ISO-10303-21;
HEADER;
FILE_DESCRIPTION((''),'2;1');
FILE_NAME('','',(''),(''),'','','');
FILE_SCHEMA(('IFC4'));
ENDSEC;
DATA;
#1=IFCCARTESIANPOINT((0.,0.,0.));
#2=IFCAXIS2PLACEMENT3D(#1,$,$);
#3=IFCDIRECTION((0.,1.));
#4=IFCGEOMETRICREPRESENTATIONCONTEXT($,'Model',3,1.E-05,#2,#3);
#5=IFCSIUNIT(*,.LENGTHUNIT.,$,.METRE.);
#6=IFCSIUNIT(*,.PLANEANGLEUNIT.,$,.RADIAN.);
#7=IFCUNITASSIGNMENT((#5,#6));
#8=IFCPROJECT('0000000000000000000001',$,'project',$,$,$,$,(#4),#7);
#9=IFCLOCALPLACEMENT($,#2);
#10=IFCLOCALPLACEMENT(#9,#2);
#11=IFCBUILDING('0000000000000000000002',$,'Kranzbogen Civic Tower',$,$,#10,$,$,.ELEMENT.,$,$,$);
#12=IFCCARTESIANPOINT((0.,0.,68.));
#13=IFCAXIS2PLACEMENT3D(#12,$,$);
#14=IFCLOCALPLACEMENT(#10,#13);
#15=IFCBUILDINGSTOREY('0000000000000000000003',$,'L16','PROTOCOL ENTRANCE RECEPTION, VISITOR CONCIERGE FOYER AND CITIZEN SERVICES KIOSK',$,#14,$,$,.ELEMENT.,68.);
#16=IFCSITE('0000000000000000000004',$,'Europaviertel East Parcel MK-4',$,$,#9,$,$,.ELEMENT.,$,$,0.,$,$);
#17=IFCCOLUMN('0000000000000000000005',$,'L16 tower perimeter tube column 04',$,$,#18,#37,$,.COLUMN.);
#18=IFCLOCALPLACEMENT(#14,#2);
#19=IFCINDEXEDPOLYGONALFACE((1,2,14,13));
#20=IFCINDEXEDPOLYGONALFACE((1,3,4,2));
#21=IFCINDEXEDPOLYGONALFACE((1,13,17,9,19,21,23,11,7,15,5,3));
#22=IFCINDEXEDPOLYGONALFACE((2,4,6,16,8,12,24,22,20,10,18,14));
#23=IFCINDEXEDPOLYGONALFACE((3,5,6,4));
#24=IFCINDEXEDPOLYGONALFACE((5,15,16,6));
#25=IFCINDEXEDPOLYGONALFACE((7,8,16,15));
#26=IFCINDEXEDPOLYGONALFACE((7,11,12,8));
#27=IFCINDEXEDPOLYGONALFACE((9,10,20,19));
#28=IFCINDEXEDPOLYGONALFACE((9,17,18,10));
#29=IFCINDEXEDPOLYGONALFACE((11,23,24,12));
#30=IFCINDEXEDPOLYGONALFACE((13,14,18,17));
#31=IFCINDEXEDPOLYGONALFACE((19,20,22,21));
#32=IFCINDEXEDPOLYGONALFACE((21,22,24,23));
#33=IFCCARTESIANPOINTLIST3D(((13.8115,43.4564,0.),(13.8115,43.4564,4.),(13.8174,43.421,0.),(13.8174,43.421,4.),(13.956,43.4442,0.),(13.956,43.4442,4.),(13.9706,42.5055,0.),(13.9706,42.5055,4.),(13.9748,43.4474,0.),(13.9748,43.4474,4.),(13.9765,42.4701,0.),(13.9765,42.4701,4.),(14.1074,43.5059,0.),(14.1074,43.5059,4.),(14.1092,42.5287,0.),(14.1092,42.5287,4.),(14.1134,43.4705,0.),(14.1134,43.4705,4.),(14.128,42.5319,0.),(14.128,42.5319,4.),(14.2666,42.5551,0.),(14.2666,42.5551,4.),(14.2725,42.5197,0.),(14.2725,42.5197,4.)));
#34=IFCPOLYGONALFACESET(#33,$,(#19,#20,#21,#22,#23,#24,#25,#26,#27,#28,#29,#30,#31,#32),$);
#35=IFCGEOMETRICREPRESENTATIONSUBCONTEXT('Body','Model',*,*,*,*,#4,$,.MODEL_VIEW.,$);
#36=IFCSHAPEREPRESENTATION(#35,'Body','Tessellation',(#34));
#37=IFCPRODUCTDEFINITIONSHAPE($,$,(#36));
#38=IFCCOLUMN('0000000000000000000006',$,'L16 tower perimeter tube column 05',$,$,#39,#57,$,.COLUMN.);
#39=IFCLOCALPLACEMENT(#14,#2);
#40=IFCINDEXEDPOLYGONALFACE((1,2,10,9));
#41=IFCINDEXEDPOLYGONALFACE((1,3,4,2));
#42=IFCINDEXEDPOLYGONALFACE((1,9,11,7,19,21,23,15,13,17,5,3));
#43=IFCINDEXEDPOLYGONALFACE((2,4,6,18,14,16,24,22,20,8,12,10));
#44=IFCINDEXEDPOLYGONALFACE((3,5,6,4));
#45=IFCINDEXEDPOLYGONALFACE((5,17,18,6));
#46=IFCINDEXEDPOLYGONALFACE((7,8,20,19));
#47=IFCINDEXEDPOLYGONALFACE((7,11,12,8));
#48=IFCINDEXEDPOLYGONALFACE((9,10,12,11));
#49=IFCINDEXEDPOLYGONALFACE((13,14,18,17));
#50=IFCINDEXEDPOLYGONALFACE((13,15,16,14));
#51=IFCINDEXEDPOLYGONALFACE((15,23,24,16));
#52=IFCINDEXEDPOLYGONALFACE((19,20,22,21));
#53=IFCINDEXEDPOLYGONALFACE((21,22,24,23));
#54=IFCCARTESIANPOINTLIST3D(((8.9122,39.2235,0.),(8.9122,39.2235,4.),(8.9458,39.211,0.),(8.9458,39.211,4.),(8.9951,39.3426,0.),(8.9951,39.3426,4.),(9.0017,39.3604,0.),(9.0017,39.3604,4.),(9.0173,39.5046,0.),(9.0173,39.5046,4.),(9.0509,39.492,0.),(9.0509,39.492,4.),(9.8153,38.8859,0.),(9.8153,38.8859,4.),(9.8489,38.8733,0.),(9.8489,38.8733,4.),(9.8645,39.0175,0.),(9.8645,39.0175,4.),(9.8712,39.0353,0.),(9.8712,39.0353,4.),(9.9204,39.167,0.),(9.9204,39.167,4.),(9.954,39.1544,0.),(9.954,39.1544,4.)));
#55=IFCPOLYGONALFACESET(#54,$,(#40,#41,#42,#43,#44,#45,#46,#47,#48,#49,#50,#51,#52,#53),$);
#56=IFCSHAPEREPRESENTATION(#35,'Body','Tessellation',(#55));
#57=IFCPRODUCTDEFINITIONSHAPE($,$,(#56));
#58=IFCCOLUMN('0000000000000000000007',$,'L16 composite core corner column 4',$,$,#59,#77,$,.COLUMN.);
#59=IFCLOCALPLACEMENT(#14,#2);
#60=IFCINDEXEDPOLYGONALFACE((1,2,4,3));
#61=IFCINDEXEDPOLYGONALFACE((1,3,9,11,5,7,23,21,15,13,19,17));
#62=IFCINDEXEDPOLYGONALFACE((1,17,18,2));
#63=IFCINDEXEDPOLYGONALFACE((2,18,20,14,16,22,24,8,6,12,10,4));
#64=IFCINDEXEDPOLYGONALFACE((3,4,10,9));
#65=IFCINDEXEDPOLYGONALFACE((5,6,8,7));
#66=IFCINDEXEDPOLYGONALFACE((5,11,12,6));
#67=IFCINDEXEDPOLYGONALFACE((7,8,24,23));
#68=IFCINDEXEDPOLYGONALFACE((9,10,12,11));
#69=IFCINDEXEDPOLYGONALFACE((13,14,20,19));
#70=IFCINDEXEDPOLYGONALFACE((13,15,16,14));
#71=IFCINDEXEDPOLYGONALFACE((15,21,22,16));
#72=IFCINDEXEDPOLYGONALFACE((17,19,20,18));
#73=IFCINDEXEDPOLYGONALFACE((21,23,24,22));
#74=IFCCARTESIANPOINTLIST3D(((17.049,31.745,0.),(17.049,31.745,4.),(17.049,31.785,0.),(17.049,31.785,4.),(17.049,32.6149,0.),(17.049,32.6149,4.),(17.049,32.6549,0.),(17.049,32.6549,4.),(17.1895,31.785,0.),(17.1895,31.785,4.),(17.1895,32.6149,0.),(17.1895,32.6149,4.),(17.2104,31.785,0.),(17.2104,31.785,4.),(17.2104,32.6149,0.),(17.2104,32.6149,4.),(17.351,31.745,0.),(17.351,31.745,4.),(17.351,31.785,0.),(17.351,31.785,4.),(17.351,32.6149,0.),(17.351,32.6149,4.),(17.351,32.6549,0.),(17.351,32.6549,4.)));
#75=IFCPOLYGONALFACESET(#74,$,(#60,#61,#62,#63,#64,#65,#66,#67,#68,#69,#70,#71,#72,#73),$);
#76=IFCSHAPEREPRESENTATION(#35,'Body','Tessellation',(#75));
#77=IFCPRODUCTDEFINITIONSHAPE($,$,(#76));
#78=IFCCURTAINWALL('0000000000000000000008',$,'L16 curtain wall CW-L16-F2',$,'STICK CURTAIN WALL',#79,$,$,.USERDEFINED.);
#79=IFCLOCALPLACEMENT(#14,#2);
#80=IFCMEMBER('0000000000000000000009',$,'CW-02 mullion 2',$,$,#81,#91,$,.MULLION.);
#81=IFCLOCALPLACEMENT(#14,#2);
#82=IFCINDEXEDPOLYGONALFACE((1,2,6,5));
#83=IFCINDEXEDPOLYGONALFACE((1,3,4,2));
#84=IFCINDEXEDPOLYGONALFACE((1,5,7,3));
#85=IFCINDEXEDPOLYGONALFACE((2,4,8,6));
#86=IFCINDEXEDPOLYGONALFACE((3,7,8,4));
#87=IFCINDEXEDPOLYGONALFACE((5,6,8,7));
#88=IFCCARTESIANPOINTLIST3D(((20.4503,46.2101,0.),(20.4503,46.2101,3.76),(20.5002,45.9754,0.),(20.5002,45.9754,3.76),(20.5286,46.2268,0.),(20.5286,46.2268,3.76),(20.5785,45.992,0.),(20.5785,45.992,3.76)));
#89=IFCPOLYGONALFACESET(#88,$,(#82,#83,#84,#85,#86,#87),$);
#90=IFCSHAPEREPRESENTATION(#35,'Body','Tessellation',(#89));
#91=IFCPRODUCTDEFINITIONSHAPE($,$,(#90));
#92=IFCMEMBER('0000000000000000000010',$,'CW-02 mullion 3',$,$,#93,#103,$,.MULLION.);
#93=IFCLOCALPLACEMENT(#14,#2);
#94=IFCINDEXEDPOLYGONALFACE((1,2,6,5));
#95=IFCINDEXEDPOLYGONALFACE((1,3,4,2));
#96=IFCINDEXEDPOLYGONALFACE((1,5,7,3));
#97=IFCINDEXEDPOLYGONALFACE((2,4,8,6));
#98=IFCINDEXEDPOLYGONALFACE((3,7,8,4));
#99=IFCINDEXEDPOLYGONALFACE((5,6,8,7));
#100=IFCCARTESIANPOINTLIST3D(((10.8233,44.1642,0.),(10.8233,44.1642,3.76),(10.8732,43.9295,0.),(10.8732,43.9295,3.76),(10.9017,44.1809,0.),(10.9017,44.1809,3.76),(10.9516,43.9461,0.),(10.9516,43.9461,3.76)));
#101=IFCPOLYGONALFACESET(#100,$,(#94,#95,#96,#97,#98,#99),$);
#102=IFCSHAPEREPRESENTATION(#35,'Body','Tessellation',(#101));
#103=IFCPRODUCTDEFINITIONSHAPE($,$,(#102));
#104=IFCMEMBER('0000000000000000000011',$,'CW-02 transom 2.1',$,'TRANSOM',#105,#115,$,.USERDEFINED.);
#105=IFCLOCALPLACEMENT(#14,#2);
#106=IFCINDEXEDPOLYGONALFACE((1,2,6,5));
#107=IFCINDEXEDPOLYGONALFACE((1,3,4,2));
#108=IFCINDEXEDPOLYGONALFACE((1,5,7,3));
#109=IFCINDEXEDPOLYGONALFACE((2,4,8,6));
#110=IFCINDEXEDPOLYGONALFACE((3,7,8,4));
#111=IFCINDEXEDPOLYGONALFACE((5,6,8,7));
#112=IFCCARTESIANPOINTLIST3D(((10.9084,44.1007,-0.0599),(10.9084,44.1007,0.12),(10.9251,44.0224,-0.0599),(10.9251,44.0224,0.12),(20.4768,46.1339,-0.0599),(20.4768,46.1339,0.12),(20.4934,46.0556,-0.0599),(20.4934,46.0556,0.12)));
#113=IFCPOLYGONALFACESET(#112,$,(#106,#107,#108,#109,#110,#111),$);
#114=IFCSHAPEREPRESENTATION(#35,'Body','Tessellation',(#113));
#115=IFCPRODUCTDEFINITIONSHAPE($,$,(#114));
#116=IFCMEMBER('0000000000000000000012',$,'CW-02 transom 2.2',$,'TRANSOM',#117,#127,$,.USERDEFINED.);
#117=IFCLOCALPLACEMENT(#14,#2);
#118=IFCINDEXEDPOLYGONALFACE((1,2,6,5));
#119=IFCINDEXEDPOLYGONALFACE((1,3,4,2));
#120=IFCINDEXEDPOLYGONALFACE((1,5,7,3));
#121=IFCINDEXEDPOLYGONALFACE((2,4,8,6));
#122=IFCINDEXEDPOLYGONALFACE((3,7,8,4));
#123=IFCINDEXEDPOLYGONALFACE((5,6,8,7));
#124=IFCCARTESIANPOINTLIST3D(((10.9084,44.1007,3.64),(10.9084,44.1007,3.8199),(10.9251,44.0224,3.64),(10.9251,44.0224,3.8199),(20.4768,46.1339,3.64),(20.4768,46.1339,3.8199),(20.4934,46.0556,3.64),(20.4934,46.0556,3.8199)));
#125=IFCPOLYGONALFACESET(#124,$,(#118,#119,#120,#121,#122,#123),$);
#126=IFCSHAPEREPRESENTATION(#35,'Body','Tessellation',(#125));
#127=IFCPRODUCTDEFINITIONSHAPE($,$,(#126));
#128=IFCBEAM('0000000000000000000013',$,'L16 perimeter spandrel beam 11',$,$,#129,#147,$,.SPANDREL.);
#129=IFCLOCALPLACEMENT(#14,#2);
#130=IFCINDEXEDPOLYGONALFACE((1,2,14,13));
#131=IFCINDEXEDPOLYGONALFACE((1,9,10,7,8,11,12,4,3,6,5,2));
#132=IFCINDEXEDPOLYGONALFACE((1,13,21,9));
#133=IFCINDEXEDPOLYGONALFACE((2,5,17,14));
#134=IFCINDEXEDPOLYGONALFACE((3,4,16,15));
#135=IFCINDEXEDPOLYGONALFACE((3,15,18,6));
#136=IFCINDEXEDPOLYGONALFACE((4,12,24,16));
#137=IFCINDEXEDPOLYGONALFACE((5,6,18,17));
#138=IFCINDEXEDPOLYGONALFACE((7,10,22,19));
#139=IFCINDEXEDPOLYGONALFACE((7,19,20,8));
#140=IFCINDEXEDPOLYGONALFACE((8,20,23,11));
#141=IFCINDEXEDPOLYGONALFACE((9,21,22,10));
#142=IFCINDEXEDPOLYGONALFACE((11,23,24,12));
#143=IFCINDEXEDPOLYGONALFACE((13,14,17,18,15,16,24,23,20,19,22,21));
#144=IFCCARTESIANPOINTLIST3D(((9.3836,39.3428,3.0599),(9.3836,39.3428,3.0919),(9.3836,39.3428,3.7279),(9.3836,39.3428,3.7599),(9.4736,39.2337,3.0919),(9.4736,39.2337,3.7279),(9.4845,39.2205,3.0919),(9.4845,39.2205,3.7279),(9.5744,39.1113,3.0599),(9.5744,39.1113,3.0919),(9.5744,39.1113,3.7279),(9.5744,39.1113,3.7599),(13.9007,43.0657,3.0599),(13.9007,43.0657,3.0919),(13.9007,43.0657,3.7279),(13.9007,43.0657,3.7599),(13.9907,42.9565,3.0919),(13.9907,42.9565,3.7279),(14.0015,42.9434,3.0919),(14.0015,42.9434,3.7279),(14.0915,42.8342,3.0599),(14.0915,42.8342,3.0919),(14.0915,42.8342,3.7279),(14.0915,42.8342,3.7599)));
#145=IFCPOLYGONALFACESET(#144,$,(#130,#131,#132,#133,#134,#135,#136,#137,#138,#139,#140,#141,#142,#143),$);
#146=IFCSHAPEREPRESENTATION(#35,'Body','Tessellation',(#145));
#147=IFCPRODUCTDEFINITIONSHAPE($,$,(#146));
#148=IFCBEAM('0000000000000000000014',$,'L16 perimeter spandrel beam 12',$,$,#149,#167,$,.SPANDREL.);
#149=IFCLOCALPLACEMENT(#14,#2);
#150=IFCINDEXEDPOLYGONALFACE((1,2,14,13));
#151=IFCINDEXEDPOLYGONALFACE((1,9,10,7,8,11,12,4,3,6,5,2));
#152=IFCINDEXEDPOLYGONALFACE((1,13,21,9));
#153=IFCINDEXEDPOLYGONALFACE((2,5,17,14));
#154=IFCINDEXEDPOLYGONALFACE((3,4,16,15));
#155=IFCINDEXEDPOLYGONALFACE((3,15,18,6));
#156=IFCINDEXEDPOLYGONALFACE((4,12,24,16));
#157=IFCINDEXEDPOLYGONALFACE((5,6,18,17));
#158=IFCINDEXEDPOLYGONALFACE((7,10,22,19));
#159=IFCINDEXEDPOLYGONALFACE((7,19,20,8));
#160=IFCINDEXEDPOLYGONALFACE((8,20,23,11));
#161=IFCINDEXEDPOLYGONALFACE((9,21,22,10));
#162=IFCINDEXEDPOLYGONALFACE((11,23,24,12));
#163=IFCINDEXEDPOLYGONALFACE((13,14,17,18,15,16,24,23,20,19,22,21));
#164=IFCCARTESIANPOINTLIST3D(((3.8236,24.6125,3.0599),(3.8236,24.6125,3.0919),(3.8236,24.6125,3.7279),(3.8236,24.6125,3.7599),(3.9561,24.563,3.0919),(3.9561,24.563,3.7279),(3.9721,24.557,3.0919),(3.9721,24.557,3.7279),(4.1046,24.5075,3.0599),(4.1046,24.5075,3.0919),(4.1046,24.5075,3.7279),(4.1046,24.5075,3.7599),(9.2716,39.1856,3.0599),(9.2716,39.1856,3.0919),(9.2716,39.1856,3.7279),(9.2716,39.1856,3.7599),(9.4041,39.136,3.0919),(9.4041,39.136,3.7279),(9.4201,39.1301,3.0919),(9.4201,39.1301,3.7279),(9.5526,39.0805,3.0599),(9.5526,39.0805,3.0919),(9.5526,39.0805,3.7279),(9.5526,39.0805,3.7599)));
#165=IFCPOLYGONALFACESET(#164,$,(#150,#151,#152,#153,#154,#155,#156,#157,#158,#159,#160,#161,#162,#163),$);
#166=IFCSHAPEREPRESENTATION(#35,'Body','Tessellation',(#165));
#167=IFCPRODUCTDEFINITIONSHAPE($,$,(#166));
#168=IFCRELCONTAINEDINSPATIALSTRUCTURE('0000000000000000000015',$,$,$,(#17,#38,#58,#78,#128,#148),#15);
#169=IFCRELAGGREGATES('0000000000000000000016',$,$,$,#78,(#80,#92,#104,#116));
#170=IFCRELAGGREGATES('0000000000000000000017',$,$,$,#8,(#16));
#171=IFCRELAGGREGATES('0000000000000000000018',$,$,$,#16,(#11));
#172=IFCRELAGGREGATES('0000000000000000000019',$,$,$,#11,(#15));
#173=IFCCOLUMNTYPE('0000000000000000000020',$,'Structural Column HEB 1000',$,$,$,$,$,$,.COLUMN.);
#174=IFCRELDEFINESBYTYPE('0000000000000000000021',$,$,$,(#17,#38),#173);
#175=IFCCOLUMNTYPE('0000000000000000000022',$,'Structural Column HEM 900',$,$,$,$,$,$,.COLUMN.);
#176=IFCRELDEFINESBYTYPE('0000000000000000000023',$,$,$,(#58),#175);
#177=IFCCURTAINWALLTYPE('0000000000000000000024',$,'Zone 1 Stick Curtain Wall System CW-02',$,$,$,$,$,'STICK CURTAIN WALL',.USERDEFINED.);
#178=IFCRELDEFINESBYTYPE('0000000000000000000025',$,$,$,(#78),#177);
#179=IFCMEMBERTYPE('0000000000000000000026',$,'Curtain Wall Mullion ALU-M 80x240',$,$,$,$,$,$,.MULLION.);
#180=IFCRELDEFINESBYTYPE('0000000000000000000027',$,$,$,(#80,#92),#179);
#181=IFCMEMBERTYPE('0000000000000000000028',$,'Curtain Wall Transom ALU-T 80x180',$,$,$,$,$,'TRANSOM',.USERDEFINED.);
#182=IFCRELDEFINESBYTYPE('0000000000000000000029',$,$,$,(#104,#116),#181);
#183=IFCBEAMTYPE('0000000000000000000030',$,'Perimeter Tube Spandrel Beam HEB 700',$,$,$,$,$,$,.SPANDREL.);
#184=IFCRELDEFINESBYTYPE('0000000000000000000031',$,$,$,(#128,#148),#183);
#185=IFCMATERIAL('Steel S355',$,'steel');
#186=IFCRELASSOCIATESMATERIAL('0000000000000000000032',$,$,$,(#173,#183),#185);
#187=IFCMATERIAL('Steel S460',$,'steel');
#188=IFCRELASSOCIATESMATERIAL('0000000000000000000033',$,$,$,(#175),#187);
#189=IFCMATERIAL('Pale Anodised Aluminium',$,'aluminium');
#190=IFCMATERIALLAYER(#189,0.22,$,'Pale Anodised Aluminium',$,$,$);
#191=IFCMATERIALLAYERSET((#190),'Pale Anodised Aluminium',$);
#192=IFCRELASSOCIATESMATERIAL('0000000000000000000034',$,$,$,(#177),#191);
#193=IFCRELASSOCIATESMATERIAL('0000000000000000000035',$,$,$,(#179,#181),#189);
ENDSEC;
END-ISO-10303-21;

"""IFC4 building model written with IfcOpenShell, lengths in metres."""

from ifc_helpers import new_model, si_unit, direction, frame, origin, origin_2d, place, context, subcontext, project, spatial, rectangle, i_section, extrude, material, layer, layer_set, material_profile, profile_set, type_object, element, aggregate, save


model = new_model("IFC4")

# Units and contexts
model_context = context("Model", 3, precision=1e-05, world=origin(), true_north=direction((0.0, 1.0)))
body_context = subcontext(model_context, "Body", "Model", "MODEL_VIEW")
ifc_project = project(units=[si_unit("LENGTHUNIT", "METRE"), si_unit("PLANEANGLEUNIT", "RADIAN")], contexts=[model_context])

# Site, building, storey
site_placement = place(None, origin())
site = spatial("IfcSite", under=ifc_project, at=site_placement, Name="Europaviertel East Parcel MK-4", CompositionType="ELEMENT", RefElevation=0.0)
building_placement = place(site_placement, origin())
building = spatial("IfcBuilding", under=site, at=building_placement, Name="Kranzbogen Civic Tower", CompositionType="ELEMENT")
storey_placement = place(building_placement, frame((0.0, 0.0, 68.0)))
storey = spatial("IfcBuildingStorey", under=building, at=storey_placement, Name="L16", Description="PROTOCOL ENTRANCE RECEPTION, VISITOR CONCIERGE FOYER AND CITIZEN SERVICES KIOSK", CompositionType="ELEMENT", Elevation=68.0)

# Columns
ifc_material_1 = material(Name="Steel S355", Category="steel")
ifc_material_profile_1 = material_profile(ifc_material_1, i_section(OverallWidth=0.3, OverallDepth=1.0, WebThickness=0.019, FlangeThickness=0.0359, at=origin_2d()), Name="HEB 1000")
ifc_profile_set_1 = profile_set([ifc_material_profile_1], Name="Steel S355")
column_type_1 = type_object("IfcColumnType", Name="Structural Column HEB 1000", PredefinedType="COLUMN", material=ifc_profile_set_1)
for number, where, z_axis, x_axis, name in (
    (1, (14.042, 42.988, 0.0), (0.0, 0.0, 1.0), (0.986286, 0.165048, 0.0), "L16 tower perimeter tube column 04"),
    (2, (9.4331, 39.189, 0.0), (0.0, 0.0, 1.0), (0.350207, 0.936672, 0.0), "L16 tower perimeter tube column 05"),
):
    element("IfcColumn", number, at=place(storey_placement, frame(where, z_axis=z_axis, x_axis=x_axis)), inside=storey, type_object=column_type_1, Name=name, PredefinedType="COLUMN", context=body_context, shape_type="SweptSolid", body=[
        extrude(i_section(OverallWidth=0.3, OverallDepth=1.0, WebThickness=0.019, FlangeThickness=0.0359, at=origin_2d()), origin(), (0.0, 0.0, 1.0), 4.0),
    ])
ifc_material_2 = material(Name="Steel S460", Category="steel")
ifc_material_profile_2 = material_profile(ifc_material_2, i_section(OverallWidth=0.302, OverallDepth=0.9099, WebThickness=0.021, FlangeThickness=0.04, at=origin_2d()), Name="HEM 900")
ifc_profile_set_2 = profile_set([ifc_material_profile_2], Name="Steel S460")
column_type_2 = type_object("IfcColumnType", Name="Structural Column HEM 900", PredefinedType="COLUMN", material=ifc_profile_set_2)
column_placement = place(storey_placement, frame((17.2, 32.2, 0.0), z_axis=(0.0, 0.0, 1.0), x_axis=(1.0, 0.0, 0.0)))
element("IfcColumn", 3, at=column_placement, inside=storey, type_object=column_type_2, Name="L16 composite core corner column 4", PredefinedType="COLUMN", context=body_context, shape_type="SweptSolid", body=[
    extrude(i_section(OverallWidth=0.302, OverallDepth=0.9099, WebThickness=0.021, FlangeThickness=0.04, at=origin_2d()), origin(), (0.0, 0.0, 1.0), 4.0),
])

# Curtain wall, members
ifc_material_3 = material(Name="Pale Anodised Aluminium", Category="aluminium")
ifc_layer_1 = layer(ifc_material_3, 0.22, Name="Pale Anodised Aluminium")
ifc_layer_set_1 = layer_set([ifc_layer_1], Name="Pale Anodised Aluminium")
curtain_wall_type = type_object("IfcCurtainWallType", Name="Zone 1 Stick Curtain Wall System CW-02", ElementType="STICK CURTAIN WALL", PredefinedType="USERDEFINED", material=ifc_layer_set_1)
curtain_wall_placement = place(storey_placement, origin())
curtain_wall = element("IfcCurtainWall", 4, at=curtain_wall_placement, inside=storey, type_object=curtain_wall_type, Name="L16 curtain wall CW-L16-F2", ObjectType="STICK CURTAIN WALL", PredefinedType="USERDEFINED")
ifc_material_profile_3 = material_profile(ifc_material_3, rectangle(XDim=0.0801, YDim=0.24, at=origin_2d()), Name="ALU-M 80x240")
ifc_profile_set_3 = profile_set([ifc_material_profile_3], Name="Pale Anodised Aluminium")
member_type_1 = type_object("IfcMemberType", Name="Curtain Wall Mullion ALU-M 80x240", PredefinedType="MULLION", material=ifc_profile_set_3)
member_1_placement = place(storey_placement, frame((20.5144, 46.1011, 0.0), z_axis=(0.0, 0.0, 1.0), x_axis=(-0.978159, -0.207858, 0.0)))
member_1 = element("IfcMember", 5, at=member_1_placement, type_object=member_type_1, Name="CW-02 mullion 2", PredefinedType="MULLION", context=body_context, shape_type="SweptSolid", body=[
    extrude(rectangle(XDim=0.0801, YDim=0.24, at=origin_2d()), origin(), (0.0, 0.0, 1.0), 3.76),
])
member_2_placement = place(storey_placement, frame((10.8875, 44.0552, 0.0), z_axis=(0.0, 0.0, 1.0), x_axis=(-0.978159, -0.207858, 0.0)))
member_2 = element("IfcMember", 6, at=member_2_placement, type_object=member_type_1, Name="CW-02 mullion 3", PredefinedType="MULLION", context=body_context, shape_type="SweptSolid", body=[
    extrude(rectangle(XDim=0.0801, YDim=0.24, at=origin_2d()), origin(), (0.0, 0.0, 1.0), 3.76),
])
ifc_material_profile_4 = material_profile(ifc_material_3, rectangle(XDim=0.0801, YDim=0.1799, at=origin_2d()), Name="ALU-T 80x180")
ifc_profile_set_4 = profile_set([ifc_material_profile_4], Name="Pale Anodised Aluminium")
member_type_2 = type_object("IfcMemberType", Name="Curtain Wall Transom ALU-T 80x180", ElementType="TRANSOM", PredefinedType="USERDEFINED", material=ifc_profile_set_4)
member_3_placement = place(storey_placement, frame((20.4851, 46.0947, 0.03), z_axis=(-0.97816, -0.207852, 0.0), x_axis=(0.207852, -0.97816, 0.0)))
member_3 = element("IfcMember", 7, at=member_3_placement, type_object=member_type_2, Name="CW-02 transom 2.1", ObjectType="TRANSOM", PredefinedType="USERDEFINED", context=body_context, shape_type="SweptSolid", body=[
    extrude(rectangle(XDim=0.0801, YDim=0.1799, at=origin_2d()), origin(), (0.0, 0.0, 1.0), 9.782),
])
member_4_placement = place(storey_placement, frame((20.4851, 46.0947, 3.73), z_axis=(-0.97816, -0.207852, 0.0), x_axis=(0.207852, -0.97816, 0.0)))
member_4 = element("IfcMember", 8, at=member_4_placement, type_object=member_type_2, Name="CW-02 transom 2.2", ObjectType="TRANSOM", PredefinedType="USERDEFINED", context=body_context, shape_type="SweptSolid", body=[
    extrude(rectangle(XDim=0.0801, YDim=0.1799, at=origin_2d()), origin(), (0.0, 0.0, 1.0), 9.782),
])

# Beams
ifc_material_profile_5 = material_profile(ifc_material_1, i_section(OverallWidth=0.3, OverallDepth=0.7, WebThickness=0.0171, FlangeThickness=0.032, at=origin_2d()), Name="HEB 700")
ifc_profile_set_5 = profile_set([ifc_material_profile_5], Name="Steel S355")
beam_type_1 = type_object("IfcBeamType", Name="Perimeter Tube Spandrel Beam HEB 700", PredefinedType="SPANDREL", material=ifc_profile_set_5)
beam_1_placement = place(storey_placement, frame((13.9961, 42.95, 3.4099), z_axis=(-0.771683, -0.636007, 0.0), x_axis=(0.636007, -0.771683, 0.0)))
element("IfcBeam", 9, at=beam_1_placement, inside=storey, type_object=beam_type_1, Name="L16 perimeter spandrel beam 11", PredefinedType="SPANDREL", context=body_context, shape_type="SweptSolid", body=[
    extrude(i_section(OverallWidth=0.3, OverallDepth=0.7, WebThickness=0.0171, FlangeThickness=0.032, at=origin_2d()), origin(), (0.0, 0.0, 1.0), 5.8535),
])
beam_2_placement = place(storey_placement, frame((9.4121, 39.1331, 3.4099), z_axis=(-0.350172, -0.936685, 0.0), x_axis=(0.936685, -0.350172, 0.0)))
element("IfcBeam", 10, at=beam_2_placement, inside=storey, type_object=beam_type_1, Name="L16 perimeter spandrel beam 12", PredefinedType="SPANDREL", context=body_context, shape_type="SweptSolid", body=[
    extrude(i_section(OverallWidth=0.3, OverallDepth=0.7, WebThickness=0.0171, FlangeThickness=0.032, at=origin_2d()), origin(), (0.0, 0.0, 1.0), 15.5581),
])

aggregate(curtain_wall, [member_1, member_2, member_3, member_4])

save(model, "model.ifc")
